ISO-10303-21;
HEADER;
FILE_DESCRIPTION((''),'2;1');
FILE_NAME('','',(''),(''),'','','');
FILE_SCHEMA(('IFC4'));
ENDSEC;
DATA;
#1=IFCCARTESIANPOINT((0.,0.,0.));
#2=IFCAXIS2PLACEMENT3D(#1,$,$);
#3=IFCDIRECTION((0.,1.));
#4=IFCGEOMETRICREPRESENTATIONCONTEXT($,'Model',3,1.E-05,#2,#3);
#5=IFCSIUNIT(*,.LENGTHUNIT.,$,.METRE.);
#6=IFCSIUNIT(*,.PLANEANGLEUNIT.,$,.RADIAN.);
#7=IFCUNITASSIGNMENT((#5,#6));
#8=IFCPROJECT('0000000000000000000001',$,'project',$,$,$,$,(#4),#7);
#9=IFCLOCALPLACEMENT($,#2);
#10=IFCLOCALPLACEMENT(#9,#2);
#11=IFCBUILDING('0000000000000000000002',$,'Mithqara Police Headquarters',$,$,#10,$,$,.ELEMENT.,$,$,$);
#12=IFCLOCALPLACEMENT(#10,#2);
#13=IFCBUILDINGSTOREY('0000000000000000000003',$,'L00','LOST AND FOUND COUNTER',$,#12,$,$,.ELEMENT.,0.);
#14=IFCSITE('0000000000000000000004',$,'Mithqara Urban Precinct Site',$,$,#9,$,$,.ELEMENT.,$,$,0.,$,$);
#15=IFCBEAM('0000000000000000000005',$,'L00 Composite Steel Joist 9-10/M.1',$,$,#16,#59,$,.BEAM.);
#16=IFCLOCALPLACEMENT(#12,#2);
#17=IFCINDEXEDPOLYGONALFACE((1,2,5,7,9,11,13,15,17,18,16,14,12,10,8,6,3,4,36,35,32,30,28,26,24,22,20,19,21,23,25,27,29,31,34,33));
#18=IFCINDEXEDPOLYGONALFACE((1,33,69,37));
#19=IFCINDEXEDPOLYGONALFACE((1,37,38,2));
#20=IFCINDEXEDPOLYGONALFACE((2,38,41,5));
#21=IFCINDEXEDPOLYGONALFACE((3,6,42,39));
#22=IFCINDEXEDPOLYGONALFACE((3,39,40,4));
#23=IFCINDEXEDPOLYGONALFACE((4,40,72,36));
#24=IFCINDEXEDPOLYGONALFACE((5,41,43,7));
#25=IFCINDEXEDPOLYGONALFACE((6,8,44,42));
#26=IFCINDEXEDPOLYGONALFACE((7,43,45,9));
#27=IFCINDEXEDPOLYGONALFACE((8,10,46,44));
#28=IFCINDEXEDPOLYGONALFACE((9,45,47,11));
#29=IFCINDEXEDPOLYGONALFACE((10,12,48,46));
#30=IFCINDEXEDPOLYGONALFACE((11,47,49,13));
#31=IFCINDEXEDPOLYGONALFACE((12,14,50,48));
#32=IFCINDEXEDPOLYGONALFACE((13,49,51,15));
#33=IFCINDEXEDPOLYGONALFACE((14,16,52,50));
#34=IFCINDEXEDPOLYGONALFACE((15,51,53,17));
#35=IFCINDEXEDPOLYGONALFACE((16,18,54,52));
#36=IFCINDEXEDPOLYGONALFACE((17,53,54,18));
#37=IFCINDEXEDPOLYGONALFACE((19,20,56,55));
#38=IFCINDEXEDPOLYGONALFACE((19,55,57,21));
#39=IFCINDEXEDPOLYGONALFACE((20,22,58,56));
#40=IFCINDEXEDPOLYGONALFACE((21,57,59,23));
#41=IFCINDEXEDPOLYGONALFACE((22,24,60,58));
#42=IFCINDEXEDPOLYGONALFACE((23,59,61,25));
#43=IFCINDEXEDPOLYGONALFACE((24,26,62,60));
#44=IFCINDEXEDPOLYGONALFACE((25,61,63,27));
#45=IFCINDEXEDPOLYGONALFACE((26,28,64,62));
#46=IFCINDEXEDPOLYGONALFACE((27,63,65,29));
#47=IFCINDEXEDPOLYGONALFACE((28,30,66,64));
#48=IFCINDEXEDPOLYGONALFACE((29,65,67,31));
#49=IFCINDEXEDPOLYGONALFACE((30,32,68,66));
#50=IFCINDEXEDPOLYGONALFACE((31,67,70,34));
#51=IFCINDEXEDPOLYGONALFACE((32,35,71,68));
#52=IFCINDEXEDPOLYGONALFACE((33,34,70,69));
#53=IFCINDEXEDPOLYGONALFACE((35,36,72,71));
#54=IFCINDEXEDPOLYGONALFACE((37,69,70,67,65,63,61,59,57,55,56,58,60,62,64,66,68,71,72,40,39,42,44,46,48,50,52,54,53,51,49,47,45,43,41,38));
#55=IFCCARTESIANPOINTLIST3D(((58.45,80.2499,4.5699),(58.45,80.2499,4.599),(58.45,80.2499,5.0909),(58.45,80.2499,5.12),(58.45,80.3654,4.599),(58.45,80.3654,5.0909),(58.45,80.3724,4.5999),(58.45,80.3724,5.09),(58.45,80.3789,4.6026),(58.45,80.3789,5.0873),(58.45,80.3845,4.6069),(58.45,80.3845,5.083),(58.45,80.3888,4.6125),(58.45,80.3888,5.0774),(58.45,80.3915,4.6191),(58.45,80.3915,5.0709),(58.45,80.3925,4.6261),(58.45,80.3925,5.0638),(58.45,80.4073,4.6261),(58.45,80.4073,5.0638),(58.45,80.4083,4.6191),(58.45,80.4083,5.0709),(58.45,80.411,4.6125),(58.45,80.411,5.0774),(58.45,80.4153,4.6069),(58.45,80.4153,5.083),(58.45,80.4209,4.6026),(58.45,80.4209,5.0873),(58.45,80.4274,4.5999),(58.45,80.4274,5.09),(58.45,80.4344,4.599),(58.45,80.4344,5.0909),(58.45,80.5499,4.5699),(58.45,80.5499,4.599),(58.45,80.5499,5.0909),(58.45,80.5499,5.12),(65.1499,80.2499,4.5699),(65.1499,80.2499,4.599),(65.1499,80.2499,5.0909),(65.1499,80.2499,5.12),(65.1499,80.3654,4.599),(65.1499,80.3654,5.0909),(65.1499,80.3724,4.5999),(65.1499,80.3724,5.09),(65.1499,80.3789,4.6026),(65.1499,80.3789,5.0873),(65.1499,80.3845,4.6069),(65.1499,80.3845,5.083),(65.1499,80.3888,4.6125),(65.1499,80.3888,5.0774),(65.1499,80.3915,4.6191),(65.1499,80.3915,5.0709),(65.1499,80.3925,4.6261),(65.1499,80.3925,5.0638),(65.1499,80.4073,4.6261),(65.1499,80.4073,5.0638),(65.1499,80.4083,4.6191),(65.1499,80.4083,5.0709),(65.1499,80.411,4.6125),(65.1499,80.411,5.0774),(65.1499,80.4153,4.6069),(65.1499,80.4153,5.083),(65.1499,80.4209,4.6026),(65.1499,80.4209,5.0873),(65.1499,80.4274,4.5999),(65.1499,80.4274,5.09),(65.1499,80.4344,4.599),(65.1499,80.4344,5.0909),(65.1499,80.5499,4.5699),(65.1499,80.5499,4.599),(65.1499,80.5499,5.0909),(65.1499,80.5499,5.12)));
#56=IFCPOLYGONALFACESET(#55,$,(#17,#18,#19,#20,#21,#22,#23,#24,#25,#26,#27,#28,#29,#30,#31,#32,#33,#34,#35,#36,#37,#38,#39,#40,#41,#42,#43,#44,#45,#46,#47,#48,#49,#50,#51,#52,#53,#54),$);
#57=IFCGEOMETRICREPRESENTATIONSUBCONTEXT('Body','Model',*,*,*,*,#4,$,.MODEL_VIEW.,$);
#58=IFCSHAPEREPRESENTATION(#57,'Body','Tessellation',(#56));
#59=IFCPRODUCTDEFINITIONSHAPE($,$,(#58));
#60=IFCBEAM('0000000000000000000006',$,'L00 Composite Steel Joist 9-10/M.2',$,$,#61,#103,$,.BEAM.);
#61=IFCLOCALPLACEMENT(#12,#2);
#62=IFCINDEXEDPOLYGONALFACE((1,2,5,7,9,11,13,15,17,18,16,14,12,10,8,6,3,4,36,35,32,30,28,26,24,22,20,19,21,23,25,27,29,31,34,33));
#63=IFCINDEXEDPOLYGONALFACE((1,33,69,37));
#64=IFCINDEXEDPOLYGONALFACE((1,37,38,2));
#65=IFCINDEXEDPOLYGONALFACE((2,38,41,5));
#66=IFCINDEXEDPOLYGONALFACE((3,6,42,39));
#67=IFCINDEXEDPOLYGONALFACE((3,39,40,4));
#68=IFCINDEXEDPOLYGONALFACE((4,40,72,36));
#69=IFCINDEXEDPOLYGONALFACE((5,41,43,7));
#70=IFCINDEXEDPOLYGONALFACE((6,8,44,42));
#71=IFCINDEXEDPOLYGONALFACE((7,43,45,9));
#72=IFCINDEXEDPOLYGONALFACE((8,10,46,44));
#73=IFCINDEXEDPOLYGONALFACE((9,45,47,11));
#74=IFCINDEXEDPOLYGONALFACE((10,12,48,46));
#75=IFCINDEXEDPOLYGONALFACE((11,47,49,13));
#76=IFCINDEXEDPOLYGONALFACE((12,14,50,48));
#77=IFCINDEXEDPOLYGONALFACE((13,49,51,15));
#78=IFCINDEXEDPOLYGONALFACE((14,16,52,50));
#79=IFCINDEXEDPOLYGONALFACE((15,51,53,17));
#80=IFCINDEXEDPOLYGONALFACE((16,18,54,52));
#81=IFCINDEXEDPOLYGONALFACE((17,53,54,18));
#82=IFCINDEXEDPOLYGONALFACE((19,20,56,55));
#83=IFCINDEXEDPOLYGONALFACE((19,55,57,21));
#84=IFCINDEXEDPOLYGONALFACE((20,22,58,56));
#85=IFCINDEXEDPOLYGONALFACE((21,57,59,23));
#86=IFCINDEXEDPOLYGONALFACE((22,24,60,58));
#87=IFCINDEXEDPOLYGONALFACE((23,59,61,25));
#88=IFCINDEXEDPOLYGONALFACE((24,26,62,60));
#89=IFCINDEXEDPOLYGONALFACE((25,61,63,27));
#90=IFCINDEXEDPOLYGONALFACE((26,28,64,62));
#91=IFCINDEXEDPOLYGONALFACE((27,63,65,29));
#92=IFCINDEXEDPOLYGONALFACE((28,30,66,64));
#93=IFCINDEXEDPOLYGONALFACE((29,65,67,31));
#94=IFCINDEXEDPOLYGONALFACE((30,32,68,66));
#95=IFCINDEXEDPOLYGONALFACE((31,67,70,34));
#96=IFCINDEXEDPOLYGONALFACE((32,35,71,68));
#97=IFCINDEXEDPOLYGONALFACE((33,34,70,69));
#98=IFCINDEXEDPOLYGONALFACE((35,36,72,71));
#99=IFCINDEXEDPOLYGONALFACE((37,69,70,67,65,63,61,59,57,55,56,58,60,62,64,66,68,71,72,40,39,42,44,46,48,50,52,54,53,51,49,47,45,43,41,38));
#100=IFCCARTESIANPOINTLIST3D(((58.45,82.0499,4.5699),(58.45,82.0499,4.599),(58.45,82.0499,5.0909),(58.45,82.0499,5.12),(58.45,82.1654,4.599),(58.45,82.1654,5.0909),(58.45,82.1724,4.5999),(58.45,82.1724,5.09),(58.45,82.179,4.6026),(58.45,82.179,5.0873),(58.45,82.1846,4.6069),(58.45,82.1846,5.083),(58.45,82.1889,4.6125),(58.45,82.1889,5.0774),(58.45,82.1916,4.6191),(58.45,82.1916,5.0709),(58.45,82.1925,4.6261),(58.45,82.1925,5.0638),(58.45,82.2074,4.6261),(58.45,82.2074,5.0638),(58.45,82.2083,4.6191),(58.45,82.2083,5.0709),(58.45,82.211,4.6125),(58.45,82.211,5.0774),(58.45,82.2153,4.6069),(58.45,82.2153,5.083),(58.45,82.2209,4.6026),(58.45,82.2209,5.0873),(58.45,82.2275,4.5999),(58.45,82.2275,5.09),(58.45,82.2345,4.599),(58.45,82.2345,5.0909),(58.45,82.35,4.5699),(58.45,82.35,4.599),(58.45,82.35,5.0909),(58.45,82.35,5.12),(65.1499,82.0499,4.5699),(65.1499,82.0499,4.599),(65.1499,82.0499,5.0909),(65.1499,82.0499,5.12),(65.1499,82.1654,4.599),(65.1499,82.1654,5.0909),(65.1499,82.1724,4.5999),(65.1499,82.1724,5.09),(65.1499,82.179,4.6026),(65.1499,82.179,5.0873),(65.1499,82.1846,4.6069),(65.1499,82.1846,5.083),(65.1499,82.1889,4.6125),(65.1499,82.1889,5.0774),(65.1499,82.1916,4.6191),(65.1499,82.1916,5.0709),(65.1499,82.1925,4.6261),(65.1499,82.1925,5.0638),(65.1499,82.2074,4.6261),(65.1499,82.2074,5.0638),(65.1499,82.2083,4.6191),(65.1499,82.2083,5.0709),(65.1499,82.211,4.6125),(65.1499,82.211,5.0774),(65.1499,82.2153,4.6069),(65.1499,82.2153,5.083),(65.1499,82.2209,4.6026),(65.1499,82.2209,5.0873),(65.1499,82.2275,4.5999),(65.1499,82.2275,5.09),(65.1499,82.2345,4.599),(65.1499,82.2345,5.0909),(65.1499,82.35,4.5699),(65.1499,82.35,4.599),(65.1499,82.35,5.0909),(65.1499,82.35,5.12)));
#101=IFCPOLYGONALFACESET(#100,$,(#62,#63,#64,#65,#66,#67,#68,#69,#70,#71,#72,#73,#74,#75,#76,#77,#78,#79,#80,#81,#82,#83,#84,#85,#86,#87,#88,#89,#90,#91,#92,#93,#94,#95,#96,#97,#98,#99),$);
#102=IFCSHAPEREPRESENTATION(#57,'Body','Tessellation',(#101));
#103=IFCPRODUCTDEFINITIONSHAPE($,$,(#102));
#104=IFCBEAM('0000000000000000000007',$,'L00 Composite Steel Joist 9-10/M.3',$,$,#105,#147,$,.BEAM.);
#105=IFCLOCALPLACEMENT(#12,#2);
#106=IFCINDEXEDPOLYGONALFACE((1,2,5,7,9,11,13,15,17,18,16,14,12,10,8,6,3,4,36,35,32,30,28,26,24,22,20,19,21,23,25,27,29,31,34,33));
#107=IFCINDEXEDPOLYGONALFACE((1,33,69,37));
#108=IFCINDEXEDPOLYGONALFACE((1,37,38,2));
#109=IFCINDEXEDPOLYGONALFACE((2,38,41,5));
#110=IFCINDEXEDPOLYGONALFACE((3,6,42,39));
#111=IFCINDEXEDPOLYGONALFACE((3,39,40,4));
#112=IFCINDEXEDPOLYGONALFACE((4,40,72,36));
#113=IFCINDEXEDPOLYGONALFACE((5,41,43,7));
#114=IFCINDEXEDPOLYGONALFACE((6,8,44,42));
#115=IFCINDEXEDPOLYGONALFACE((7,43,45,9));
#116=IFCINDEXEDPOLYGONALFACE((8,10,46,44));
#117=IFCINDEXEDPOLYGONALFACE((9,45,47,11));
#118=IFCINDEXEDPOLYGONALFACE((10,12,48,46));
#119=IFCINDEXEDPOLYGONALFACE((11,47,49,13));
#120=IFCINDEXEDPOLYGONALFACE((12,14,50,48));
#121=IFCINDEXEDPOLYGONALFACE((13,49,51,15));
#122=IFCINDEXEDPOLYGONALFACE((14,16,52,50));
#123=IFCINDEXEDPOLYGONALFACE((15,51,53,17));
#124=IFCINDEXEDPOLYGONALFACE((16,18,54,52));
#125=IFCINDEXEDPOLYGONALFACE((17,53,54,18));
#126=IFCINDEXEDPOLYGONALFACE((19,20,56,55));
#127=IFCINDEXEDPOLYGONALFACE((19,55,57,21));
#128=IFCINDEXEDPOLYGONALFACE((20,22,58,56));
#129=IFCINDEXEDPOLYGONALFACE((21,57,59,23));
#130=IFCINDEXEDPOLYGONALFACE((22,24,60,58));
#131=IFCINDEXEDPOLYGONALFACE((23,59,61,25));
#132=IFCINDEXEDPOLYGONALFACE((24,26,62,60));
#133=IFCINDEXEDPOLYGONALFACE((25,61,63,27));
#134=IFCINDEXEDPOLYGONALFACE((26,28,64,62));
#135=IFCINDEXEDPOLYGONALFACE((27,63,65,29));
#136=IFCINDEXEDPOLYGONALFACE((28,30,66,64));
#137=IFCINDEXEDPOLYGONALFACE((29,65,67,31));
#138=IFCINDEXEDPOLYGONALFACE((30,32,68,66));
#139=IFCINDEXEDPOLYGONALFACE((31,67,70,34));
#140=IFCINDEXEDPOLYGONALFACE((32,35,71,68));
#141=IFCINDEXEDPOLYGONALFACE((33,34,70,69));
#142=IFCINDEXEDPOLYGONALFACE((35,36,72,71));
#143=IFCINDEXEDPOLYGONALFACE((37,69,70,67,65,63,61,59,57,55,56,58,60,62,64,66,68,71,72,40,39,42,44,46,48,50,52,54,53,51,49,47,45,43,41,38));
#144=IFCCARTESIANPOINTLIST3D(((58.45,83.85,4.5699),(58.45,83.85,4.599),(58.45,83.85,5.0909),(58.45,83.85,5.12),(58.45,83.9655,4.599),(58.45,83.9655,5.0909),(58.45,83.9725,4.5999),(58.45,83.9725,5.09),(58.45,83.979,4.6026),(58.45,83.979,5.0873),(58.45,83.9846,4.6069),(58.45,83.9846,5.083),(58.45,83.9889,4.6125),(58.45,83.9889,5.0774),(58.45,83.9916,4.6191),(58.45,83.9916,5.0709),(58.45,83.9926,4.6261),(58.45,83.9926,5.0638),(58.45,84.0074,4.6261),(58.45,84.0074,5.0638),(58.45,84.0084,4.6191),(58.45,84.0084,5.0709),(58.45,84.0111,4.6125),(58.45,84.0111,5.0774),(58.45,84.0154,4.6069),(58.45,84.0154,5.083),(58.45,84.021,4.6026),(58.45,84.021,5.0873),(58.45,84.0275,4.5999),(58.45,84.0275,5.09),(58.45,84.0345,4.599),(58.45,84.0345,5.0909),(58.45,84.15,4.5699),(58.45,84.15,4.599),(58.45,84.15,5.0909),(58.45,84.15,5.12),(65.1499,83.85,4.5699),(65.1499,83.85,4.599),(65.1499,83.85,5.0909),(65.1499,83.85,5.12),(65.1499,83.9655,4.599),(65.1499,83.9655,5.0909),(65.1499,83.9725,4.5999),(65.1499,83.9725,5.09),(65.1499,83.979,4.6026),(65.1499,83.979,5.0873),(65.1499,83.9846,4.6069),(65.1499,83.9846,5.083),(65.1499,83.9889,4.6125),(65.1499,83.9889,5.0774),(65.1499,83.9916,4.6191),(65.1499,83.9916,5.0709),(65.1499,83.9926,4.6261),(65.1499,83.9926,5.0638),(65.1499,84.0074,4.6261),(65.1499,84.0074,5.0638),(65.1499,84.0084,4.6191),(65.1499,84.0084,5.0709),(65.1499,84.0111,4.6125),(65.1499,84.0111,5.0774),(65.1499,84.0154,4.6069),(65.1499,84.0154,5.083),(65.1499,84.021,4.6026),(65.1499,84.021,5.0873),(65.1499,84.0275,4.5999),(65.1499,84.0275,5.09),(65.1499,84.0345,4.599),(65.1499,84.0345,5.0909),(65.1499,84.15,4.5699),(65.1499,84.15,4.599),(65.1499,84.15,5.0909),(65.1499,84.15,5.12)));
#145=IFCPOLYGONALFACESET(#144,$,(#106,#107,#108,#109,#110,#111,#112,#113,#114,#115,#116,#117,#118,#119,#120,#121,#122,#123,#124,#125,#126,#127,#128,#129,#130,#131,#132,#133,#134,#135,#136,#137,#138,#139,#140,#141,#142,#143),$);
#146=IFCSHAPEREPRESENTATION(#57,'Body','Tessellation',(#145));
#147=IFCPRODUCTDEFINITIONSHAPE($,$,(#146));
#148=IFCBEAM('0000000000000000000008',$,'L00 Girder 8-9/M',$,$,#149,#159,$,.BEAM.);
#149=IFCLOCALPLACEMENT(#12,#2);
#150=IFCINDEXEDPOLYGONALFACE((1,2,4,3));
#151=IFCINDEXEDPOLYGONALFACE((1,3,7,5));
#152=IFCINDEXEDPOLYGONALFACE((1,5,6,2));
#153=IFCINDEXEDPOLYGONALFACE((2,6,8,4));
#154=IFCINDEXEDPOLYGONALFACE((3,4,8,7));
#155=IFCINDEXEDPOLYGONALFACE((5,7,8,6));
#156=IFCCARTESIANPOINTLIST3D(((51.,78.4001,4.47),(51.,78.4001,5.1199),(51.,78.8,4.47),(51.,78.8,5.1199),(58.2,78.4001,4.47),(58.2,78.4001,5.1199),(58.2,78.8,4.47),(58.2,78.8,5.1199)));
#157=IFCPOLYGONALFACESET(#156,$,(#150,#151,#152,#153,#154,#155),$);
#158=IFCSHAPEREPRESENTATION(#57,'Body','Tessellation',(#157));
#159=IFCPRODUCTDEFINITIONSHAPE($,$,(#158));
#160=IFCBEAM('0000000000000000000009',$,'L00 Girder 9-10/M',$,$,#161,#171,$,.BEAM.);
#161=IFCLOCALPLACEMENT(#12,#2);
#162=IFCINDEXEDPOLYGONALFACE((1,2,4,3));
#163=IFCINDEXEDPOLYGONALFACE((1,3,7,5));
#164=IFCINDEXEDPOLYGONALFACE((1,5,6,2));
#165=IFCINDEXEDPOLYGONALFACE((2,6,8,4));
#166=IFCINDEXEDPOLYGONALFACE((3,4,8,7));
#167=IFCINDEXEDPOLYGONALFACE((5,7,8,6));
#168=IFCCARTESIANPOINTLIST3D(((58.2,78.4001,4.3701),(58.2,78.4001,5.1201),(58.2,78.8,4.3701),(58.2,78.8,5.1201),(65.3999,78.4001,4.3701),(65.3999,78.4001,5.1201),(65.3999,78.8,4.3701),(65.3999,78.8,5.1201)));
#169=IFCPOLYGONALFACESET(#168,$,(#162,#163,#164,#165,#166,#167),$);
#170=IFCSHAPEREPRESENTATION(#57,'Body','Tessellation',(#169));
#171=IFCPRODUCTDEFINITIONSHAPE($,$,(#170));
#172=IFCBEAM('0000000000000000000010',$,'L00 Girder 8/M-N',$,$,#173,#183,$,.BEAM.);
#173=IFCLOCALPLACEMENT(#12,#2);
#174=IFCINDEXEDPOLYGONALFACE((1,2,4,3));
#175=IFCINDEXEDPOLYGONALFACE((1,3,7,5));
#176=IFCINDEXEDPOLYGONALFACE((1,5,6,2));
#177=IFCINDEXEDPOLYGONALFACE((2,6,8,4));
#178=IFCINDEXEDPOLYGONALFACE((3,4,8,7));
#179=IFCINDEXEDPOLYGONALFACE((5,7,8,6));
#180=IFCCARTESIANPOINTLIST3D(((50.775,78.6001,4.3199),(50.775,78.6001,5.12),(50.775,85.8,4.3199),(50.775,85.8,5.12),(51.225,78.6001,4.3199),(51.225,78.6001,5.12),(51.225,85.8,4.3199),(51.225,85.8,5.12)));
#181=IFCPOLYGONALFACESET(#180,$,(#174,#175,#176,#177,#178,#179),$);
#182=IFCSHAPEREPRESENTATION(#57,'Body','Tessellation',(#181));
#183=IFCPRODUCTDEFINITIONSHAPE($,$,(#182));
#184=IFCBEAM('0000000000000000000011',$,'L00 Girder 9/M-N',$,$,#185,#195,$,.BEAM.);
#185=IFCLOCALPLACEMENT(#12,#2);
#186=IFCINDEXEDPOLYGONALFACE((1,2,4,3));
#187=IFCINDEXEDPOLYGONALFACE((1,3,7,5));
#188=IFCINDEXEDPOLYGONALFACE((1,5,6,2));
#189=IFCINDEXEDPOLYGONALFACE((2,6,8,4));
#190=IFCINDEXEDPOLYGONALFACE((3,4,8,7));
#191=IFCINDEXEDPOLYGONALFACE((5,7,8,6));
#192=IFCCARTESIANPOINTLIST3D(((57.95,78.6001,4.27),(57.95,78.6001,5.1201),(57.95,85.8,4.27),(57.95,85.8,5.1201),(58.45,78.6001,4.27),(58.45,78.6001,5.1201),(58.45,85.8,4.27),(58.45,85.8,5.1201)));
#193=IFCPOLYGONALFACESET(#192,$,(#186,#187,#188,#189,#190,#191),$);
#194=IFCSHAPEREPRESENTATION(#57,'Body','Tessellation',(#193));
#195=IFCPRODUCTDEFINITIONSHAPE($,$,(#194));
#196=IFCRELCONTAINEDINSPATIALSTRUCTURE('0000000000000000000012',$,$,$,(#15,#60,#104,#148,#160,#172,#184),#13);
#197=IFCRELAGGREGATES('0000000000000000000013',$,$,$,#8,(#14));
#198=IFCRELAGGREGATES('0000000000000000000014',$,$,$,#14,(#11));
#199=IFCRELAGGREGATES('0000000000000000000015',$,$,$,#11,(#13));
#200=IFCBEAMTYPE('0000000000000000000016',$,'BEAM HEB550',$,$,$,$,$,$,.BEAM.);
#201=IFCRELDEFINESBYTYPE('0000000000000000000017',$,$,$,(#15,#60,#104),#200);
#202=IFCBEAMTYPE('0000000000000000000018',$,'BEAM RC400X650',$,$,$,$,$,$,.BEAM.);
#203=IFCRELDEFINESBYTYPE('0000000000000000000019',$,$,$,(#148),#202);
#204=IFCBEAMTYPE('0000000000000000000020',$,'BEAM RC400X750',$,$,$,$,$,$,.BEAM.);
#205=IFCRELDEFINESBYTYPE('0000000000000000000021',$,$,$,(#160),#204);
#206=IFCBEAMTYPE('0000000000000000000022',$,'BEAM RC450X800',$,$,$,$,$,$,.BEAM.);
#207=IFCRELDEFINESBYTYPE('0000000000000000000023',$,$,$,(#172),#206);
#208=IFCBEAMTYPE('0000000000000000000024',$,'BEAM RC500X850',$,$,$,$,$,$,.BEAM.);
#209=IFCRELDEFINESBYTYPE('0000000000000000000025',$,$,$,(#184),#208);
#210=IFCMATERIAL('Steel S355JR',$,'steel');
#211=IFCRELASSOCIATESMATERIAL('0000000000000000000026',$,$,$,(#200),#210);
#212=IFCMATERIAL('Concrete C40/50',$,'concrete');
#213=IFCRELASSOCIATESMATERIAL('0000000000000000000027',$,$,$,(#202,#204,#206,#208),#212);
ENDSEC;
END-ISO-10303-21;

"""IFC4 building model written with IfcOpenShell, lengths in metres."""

from ifc_helpers import new_model, si_unit, direction, frame, origin, origin_2d, place, context, subcontext, project, spatial, rectangle, i_section, extrude, material, material_profile, profile_set, type_object, element, save


model = new_model("IFC4")

# Units and contexts
model_context = context("Model", 3, precision=1e-05, world=origin(), true_north=direction((0.0, 1.0)))
body_context = subcontext(model_context, "Body", "Model", "MODEL_VIEW")
ifc_project = project(units=[si_unit("LENGTHUNIT", "METRE"), si_unit("PLANEANGLEUNIT", "RADIAN")], contexts=[model_context])

# Site, building, storey
site_placement = place(None, origin())
site = spatial("IfcSite", under=ifc_project, at=site_placement, Name="Mithqara Urban Precinct Site", CompositionType="ELEMENT", RefElevation=0.0)
building_placement = place(site_placement, origin())
building = spatial("IfcBuilding", under=site, at=building_placement, Name="Mithqara Police Headquarters", CompositionType="ELEMENT")
storey_placement = place(building_placement, origin())
storey = spatial("IfcBuildingStorey", under=building, at=storey_placement, Name="L00", Description="LOST AND FOUND COUNTER", CompositionType="ELEMENT", Elevation=0.0)

# Beams
ifc_material_1 = material(Name="Steel S355JR", Category="steel")
ifc_material_profile_1 = material_profile(ifc_material_1, i_section(OverallWidth=0.3, OverallDepth=0.55, WebThickness=0.0149, FlangeThickness=0.0291, FilletRadius=0.0271, at=origin_2d()), Name="HEB 550")
ifc_profile_set_1 = profile_set([ifc_material_profile_1], Name="Steel S355JR")
beam_type_1 = type_object("IfcBeamType", Name="BEAM HEB550", PredefinedType="BEAM", material=ifc_profile_set_1)
for number, where, z_axis, x_axis, name in (
    (1, (58.45, 80.3999, 4.845), (1.0, 0.0, 0.0), (0.0, 1.0, 0.0), "L00 Composite Steel Joist 9-10/M.1"),
    (2, (58.45, 82.2, 4.845), (1.0, 0.0, 0.0), (0.0, 1.0, 0.0), "L00 Composite Steel Joist 9-10/M.2"),
    (3, (58.45, 84.0, 4.845), (1.0, 0.0, 0.0), (0.0, 1.0, 0.0), "L00 Composite Steel Joist 9-10/M.3"),
):
    element("IfcBeam", number, at=place(storey_placement, frame(where, z_axis=z_axis, x_axis=x_axis)), inside=storey, type_object=beam_type_1, Name=name, PredefinedType="BEAM", context=body_context, shape_type="SweptSolid", body=[
        extrude(i_section(OverallWidth=0.3, OverallDepth=0.55, WebThickness=0.0149, FlangeThickness=0.0291, FilletRadius=0.0271, at=origin_2d()), origin(), (0.0, 0.0, 1.0), 6.7),
    ])
ifc_material_2 = material(Name="Concrete C40/50", Category="concrete")
ifc_material_profile_2 = material_profile(ifc_material_2, rectangle(XDim=0.3999, YDim=0.6499, at=origin_2d()), Name="RC 400x650")
ifc_profile_set_2 = profile_set([ifc_material_profile_2], Name="Concrete C40/50")
beam_type_2 = type_object("IfcBeamType", Name="BEAM RC400X650", PredefinedType="BEAM", material=ifc_profile_set_2)
beam_1_placement = place(storey_placement, frame((51.0, 78.6001, 4.7949), z_axis=(1.0, 0.0, 0.0), x_axis=(0.0, 1.0, 0.0)))
element("IfcBeam", 4, at=beam_1_placement, inside=storey, type_object=beam_type_2, Name="L00 Girder 8-9/M", PredefinedType="BEAM", context=body_context, shape_type="SweptSolid", body=[
    extrude(rectangle(XDim=0.3999, YDim=0.6499, at=origin_2d()), origin(), (0.0, 0.0, 1.0), 7.2),
])
ifc_material_profile_3 = material_profile(ifc_material_2, rectangle(XDim=0.3999, YDim=0.75, at=origin_2d()), Name="RC 400x750")
ifc_profile_set_3 = profile_set([ifc_material_profile_3], Name="Concrete C40/50")
beam_type_3 = type_object("IfcBeamType", Name="BEAM RC400X750", PredefinedType="BEAM", material=ifc_profile_set_3)
beam_2_placement = place(storey_placement, frame((58.2, 78.6001, 4.7451), z_axis=(1.0, 0.0, 0.0), x_axis=(0.0, 1.0, 0.0)))
element("IfcBeam", 5, at=beam_2_placement, inside=storey, type_object=beam_type_3, Name="L00 Girder 9-10/M", PredefinedType="BEAM", context=body_context, shape_type="SweptSolid", body=[
    extrude(rectangle(XDim=0.3999, YDim=0.75, at=origin_2d()), origin(), (0.0, 0.0, 1.0), 7.2),
])
ifc_material_profile_4 = material_profile(ifc_material_2, rectangle(XDim=0.45, YDim=0.8, at=origin_2d()), Name="RC 450x800")
ifc_profile_set_4 = profile_set([ifc_material_profile_4], Name="Concrete C40/50")
beam_type_4 = type_object("IfcBeamType", Name="BEAM RC450X800", PredefinedType="BEAM", material=ifc_profile_set_4)
beam_3_placement = place(storey_placement, frame((51.0, 78.6001, 4.72), z_axis=(0.0, 1.0, 0.0), x_axis=(-1.0, 0.0, 0.0)))
element("IfcBeam", 6, at=beam_3_placement, inside=storey, type_object=beam_type_4, Name="L00 Girder 8/M-N", PredefinedType="BEAM", context=body_context, shape_type="SweptSolid", body=[
    extrude(rectangle(XDim=0.45, YDim=0.8, at=origin_2d()), origin(), (0.0, 0.0, 1.0), 7.2),
])
ifc_material_profile_5 = material_profile(ifc_material_2, rectangle(XDim=0.5, YDim=0.8501, at=origin_2d()), Name="RC 500x850")
ifc_profile_set_5 = profile_set([ifc_material_profile_5], Name="Concrete C40/50")
beam_type_5 = type_object("IfcBeamType", Name="BEAM RC500X850", PredefinedType="BEAM", material=ifc_profile_set_5)
beam_4_placement = place(storey_placement, frame((58.2, 78.6001, 4.6951), z_axis=(0.0, 1.0, 0.0), x_axis=(-1.0, 0.0, 0.0)))
element("IfcBeam", 7, at=beam_4_placement, inside=storey, type_object=beam_type_5, Name="L00 Girder 9/M-N", PredefinedType="BEAM", context=body_context, shape_type="SweptSolid", body=[
    extrude(rectangle(XDim=0.5, YDim=0.8501, at=origin_2d()), origin(), (0.0, 0.0, 1.0), 7.2),
])

save(model, "model.ifc")
